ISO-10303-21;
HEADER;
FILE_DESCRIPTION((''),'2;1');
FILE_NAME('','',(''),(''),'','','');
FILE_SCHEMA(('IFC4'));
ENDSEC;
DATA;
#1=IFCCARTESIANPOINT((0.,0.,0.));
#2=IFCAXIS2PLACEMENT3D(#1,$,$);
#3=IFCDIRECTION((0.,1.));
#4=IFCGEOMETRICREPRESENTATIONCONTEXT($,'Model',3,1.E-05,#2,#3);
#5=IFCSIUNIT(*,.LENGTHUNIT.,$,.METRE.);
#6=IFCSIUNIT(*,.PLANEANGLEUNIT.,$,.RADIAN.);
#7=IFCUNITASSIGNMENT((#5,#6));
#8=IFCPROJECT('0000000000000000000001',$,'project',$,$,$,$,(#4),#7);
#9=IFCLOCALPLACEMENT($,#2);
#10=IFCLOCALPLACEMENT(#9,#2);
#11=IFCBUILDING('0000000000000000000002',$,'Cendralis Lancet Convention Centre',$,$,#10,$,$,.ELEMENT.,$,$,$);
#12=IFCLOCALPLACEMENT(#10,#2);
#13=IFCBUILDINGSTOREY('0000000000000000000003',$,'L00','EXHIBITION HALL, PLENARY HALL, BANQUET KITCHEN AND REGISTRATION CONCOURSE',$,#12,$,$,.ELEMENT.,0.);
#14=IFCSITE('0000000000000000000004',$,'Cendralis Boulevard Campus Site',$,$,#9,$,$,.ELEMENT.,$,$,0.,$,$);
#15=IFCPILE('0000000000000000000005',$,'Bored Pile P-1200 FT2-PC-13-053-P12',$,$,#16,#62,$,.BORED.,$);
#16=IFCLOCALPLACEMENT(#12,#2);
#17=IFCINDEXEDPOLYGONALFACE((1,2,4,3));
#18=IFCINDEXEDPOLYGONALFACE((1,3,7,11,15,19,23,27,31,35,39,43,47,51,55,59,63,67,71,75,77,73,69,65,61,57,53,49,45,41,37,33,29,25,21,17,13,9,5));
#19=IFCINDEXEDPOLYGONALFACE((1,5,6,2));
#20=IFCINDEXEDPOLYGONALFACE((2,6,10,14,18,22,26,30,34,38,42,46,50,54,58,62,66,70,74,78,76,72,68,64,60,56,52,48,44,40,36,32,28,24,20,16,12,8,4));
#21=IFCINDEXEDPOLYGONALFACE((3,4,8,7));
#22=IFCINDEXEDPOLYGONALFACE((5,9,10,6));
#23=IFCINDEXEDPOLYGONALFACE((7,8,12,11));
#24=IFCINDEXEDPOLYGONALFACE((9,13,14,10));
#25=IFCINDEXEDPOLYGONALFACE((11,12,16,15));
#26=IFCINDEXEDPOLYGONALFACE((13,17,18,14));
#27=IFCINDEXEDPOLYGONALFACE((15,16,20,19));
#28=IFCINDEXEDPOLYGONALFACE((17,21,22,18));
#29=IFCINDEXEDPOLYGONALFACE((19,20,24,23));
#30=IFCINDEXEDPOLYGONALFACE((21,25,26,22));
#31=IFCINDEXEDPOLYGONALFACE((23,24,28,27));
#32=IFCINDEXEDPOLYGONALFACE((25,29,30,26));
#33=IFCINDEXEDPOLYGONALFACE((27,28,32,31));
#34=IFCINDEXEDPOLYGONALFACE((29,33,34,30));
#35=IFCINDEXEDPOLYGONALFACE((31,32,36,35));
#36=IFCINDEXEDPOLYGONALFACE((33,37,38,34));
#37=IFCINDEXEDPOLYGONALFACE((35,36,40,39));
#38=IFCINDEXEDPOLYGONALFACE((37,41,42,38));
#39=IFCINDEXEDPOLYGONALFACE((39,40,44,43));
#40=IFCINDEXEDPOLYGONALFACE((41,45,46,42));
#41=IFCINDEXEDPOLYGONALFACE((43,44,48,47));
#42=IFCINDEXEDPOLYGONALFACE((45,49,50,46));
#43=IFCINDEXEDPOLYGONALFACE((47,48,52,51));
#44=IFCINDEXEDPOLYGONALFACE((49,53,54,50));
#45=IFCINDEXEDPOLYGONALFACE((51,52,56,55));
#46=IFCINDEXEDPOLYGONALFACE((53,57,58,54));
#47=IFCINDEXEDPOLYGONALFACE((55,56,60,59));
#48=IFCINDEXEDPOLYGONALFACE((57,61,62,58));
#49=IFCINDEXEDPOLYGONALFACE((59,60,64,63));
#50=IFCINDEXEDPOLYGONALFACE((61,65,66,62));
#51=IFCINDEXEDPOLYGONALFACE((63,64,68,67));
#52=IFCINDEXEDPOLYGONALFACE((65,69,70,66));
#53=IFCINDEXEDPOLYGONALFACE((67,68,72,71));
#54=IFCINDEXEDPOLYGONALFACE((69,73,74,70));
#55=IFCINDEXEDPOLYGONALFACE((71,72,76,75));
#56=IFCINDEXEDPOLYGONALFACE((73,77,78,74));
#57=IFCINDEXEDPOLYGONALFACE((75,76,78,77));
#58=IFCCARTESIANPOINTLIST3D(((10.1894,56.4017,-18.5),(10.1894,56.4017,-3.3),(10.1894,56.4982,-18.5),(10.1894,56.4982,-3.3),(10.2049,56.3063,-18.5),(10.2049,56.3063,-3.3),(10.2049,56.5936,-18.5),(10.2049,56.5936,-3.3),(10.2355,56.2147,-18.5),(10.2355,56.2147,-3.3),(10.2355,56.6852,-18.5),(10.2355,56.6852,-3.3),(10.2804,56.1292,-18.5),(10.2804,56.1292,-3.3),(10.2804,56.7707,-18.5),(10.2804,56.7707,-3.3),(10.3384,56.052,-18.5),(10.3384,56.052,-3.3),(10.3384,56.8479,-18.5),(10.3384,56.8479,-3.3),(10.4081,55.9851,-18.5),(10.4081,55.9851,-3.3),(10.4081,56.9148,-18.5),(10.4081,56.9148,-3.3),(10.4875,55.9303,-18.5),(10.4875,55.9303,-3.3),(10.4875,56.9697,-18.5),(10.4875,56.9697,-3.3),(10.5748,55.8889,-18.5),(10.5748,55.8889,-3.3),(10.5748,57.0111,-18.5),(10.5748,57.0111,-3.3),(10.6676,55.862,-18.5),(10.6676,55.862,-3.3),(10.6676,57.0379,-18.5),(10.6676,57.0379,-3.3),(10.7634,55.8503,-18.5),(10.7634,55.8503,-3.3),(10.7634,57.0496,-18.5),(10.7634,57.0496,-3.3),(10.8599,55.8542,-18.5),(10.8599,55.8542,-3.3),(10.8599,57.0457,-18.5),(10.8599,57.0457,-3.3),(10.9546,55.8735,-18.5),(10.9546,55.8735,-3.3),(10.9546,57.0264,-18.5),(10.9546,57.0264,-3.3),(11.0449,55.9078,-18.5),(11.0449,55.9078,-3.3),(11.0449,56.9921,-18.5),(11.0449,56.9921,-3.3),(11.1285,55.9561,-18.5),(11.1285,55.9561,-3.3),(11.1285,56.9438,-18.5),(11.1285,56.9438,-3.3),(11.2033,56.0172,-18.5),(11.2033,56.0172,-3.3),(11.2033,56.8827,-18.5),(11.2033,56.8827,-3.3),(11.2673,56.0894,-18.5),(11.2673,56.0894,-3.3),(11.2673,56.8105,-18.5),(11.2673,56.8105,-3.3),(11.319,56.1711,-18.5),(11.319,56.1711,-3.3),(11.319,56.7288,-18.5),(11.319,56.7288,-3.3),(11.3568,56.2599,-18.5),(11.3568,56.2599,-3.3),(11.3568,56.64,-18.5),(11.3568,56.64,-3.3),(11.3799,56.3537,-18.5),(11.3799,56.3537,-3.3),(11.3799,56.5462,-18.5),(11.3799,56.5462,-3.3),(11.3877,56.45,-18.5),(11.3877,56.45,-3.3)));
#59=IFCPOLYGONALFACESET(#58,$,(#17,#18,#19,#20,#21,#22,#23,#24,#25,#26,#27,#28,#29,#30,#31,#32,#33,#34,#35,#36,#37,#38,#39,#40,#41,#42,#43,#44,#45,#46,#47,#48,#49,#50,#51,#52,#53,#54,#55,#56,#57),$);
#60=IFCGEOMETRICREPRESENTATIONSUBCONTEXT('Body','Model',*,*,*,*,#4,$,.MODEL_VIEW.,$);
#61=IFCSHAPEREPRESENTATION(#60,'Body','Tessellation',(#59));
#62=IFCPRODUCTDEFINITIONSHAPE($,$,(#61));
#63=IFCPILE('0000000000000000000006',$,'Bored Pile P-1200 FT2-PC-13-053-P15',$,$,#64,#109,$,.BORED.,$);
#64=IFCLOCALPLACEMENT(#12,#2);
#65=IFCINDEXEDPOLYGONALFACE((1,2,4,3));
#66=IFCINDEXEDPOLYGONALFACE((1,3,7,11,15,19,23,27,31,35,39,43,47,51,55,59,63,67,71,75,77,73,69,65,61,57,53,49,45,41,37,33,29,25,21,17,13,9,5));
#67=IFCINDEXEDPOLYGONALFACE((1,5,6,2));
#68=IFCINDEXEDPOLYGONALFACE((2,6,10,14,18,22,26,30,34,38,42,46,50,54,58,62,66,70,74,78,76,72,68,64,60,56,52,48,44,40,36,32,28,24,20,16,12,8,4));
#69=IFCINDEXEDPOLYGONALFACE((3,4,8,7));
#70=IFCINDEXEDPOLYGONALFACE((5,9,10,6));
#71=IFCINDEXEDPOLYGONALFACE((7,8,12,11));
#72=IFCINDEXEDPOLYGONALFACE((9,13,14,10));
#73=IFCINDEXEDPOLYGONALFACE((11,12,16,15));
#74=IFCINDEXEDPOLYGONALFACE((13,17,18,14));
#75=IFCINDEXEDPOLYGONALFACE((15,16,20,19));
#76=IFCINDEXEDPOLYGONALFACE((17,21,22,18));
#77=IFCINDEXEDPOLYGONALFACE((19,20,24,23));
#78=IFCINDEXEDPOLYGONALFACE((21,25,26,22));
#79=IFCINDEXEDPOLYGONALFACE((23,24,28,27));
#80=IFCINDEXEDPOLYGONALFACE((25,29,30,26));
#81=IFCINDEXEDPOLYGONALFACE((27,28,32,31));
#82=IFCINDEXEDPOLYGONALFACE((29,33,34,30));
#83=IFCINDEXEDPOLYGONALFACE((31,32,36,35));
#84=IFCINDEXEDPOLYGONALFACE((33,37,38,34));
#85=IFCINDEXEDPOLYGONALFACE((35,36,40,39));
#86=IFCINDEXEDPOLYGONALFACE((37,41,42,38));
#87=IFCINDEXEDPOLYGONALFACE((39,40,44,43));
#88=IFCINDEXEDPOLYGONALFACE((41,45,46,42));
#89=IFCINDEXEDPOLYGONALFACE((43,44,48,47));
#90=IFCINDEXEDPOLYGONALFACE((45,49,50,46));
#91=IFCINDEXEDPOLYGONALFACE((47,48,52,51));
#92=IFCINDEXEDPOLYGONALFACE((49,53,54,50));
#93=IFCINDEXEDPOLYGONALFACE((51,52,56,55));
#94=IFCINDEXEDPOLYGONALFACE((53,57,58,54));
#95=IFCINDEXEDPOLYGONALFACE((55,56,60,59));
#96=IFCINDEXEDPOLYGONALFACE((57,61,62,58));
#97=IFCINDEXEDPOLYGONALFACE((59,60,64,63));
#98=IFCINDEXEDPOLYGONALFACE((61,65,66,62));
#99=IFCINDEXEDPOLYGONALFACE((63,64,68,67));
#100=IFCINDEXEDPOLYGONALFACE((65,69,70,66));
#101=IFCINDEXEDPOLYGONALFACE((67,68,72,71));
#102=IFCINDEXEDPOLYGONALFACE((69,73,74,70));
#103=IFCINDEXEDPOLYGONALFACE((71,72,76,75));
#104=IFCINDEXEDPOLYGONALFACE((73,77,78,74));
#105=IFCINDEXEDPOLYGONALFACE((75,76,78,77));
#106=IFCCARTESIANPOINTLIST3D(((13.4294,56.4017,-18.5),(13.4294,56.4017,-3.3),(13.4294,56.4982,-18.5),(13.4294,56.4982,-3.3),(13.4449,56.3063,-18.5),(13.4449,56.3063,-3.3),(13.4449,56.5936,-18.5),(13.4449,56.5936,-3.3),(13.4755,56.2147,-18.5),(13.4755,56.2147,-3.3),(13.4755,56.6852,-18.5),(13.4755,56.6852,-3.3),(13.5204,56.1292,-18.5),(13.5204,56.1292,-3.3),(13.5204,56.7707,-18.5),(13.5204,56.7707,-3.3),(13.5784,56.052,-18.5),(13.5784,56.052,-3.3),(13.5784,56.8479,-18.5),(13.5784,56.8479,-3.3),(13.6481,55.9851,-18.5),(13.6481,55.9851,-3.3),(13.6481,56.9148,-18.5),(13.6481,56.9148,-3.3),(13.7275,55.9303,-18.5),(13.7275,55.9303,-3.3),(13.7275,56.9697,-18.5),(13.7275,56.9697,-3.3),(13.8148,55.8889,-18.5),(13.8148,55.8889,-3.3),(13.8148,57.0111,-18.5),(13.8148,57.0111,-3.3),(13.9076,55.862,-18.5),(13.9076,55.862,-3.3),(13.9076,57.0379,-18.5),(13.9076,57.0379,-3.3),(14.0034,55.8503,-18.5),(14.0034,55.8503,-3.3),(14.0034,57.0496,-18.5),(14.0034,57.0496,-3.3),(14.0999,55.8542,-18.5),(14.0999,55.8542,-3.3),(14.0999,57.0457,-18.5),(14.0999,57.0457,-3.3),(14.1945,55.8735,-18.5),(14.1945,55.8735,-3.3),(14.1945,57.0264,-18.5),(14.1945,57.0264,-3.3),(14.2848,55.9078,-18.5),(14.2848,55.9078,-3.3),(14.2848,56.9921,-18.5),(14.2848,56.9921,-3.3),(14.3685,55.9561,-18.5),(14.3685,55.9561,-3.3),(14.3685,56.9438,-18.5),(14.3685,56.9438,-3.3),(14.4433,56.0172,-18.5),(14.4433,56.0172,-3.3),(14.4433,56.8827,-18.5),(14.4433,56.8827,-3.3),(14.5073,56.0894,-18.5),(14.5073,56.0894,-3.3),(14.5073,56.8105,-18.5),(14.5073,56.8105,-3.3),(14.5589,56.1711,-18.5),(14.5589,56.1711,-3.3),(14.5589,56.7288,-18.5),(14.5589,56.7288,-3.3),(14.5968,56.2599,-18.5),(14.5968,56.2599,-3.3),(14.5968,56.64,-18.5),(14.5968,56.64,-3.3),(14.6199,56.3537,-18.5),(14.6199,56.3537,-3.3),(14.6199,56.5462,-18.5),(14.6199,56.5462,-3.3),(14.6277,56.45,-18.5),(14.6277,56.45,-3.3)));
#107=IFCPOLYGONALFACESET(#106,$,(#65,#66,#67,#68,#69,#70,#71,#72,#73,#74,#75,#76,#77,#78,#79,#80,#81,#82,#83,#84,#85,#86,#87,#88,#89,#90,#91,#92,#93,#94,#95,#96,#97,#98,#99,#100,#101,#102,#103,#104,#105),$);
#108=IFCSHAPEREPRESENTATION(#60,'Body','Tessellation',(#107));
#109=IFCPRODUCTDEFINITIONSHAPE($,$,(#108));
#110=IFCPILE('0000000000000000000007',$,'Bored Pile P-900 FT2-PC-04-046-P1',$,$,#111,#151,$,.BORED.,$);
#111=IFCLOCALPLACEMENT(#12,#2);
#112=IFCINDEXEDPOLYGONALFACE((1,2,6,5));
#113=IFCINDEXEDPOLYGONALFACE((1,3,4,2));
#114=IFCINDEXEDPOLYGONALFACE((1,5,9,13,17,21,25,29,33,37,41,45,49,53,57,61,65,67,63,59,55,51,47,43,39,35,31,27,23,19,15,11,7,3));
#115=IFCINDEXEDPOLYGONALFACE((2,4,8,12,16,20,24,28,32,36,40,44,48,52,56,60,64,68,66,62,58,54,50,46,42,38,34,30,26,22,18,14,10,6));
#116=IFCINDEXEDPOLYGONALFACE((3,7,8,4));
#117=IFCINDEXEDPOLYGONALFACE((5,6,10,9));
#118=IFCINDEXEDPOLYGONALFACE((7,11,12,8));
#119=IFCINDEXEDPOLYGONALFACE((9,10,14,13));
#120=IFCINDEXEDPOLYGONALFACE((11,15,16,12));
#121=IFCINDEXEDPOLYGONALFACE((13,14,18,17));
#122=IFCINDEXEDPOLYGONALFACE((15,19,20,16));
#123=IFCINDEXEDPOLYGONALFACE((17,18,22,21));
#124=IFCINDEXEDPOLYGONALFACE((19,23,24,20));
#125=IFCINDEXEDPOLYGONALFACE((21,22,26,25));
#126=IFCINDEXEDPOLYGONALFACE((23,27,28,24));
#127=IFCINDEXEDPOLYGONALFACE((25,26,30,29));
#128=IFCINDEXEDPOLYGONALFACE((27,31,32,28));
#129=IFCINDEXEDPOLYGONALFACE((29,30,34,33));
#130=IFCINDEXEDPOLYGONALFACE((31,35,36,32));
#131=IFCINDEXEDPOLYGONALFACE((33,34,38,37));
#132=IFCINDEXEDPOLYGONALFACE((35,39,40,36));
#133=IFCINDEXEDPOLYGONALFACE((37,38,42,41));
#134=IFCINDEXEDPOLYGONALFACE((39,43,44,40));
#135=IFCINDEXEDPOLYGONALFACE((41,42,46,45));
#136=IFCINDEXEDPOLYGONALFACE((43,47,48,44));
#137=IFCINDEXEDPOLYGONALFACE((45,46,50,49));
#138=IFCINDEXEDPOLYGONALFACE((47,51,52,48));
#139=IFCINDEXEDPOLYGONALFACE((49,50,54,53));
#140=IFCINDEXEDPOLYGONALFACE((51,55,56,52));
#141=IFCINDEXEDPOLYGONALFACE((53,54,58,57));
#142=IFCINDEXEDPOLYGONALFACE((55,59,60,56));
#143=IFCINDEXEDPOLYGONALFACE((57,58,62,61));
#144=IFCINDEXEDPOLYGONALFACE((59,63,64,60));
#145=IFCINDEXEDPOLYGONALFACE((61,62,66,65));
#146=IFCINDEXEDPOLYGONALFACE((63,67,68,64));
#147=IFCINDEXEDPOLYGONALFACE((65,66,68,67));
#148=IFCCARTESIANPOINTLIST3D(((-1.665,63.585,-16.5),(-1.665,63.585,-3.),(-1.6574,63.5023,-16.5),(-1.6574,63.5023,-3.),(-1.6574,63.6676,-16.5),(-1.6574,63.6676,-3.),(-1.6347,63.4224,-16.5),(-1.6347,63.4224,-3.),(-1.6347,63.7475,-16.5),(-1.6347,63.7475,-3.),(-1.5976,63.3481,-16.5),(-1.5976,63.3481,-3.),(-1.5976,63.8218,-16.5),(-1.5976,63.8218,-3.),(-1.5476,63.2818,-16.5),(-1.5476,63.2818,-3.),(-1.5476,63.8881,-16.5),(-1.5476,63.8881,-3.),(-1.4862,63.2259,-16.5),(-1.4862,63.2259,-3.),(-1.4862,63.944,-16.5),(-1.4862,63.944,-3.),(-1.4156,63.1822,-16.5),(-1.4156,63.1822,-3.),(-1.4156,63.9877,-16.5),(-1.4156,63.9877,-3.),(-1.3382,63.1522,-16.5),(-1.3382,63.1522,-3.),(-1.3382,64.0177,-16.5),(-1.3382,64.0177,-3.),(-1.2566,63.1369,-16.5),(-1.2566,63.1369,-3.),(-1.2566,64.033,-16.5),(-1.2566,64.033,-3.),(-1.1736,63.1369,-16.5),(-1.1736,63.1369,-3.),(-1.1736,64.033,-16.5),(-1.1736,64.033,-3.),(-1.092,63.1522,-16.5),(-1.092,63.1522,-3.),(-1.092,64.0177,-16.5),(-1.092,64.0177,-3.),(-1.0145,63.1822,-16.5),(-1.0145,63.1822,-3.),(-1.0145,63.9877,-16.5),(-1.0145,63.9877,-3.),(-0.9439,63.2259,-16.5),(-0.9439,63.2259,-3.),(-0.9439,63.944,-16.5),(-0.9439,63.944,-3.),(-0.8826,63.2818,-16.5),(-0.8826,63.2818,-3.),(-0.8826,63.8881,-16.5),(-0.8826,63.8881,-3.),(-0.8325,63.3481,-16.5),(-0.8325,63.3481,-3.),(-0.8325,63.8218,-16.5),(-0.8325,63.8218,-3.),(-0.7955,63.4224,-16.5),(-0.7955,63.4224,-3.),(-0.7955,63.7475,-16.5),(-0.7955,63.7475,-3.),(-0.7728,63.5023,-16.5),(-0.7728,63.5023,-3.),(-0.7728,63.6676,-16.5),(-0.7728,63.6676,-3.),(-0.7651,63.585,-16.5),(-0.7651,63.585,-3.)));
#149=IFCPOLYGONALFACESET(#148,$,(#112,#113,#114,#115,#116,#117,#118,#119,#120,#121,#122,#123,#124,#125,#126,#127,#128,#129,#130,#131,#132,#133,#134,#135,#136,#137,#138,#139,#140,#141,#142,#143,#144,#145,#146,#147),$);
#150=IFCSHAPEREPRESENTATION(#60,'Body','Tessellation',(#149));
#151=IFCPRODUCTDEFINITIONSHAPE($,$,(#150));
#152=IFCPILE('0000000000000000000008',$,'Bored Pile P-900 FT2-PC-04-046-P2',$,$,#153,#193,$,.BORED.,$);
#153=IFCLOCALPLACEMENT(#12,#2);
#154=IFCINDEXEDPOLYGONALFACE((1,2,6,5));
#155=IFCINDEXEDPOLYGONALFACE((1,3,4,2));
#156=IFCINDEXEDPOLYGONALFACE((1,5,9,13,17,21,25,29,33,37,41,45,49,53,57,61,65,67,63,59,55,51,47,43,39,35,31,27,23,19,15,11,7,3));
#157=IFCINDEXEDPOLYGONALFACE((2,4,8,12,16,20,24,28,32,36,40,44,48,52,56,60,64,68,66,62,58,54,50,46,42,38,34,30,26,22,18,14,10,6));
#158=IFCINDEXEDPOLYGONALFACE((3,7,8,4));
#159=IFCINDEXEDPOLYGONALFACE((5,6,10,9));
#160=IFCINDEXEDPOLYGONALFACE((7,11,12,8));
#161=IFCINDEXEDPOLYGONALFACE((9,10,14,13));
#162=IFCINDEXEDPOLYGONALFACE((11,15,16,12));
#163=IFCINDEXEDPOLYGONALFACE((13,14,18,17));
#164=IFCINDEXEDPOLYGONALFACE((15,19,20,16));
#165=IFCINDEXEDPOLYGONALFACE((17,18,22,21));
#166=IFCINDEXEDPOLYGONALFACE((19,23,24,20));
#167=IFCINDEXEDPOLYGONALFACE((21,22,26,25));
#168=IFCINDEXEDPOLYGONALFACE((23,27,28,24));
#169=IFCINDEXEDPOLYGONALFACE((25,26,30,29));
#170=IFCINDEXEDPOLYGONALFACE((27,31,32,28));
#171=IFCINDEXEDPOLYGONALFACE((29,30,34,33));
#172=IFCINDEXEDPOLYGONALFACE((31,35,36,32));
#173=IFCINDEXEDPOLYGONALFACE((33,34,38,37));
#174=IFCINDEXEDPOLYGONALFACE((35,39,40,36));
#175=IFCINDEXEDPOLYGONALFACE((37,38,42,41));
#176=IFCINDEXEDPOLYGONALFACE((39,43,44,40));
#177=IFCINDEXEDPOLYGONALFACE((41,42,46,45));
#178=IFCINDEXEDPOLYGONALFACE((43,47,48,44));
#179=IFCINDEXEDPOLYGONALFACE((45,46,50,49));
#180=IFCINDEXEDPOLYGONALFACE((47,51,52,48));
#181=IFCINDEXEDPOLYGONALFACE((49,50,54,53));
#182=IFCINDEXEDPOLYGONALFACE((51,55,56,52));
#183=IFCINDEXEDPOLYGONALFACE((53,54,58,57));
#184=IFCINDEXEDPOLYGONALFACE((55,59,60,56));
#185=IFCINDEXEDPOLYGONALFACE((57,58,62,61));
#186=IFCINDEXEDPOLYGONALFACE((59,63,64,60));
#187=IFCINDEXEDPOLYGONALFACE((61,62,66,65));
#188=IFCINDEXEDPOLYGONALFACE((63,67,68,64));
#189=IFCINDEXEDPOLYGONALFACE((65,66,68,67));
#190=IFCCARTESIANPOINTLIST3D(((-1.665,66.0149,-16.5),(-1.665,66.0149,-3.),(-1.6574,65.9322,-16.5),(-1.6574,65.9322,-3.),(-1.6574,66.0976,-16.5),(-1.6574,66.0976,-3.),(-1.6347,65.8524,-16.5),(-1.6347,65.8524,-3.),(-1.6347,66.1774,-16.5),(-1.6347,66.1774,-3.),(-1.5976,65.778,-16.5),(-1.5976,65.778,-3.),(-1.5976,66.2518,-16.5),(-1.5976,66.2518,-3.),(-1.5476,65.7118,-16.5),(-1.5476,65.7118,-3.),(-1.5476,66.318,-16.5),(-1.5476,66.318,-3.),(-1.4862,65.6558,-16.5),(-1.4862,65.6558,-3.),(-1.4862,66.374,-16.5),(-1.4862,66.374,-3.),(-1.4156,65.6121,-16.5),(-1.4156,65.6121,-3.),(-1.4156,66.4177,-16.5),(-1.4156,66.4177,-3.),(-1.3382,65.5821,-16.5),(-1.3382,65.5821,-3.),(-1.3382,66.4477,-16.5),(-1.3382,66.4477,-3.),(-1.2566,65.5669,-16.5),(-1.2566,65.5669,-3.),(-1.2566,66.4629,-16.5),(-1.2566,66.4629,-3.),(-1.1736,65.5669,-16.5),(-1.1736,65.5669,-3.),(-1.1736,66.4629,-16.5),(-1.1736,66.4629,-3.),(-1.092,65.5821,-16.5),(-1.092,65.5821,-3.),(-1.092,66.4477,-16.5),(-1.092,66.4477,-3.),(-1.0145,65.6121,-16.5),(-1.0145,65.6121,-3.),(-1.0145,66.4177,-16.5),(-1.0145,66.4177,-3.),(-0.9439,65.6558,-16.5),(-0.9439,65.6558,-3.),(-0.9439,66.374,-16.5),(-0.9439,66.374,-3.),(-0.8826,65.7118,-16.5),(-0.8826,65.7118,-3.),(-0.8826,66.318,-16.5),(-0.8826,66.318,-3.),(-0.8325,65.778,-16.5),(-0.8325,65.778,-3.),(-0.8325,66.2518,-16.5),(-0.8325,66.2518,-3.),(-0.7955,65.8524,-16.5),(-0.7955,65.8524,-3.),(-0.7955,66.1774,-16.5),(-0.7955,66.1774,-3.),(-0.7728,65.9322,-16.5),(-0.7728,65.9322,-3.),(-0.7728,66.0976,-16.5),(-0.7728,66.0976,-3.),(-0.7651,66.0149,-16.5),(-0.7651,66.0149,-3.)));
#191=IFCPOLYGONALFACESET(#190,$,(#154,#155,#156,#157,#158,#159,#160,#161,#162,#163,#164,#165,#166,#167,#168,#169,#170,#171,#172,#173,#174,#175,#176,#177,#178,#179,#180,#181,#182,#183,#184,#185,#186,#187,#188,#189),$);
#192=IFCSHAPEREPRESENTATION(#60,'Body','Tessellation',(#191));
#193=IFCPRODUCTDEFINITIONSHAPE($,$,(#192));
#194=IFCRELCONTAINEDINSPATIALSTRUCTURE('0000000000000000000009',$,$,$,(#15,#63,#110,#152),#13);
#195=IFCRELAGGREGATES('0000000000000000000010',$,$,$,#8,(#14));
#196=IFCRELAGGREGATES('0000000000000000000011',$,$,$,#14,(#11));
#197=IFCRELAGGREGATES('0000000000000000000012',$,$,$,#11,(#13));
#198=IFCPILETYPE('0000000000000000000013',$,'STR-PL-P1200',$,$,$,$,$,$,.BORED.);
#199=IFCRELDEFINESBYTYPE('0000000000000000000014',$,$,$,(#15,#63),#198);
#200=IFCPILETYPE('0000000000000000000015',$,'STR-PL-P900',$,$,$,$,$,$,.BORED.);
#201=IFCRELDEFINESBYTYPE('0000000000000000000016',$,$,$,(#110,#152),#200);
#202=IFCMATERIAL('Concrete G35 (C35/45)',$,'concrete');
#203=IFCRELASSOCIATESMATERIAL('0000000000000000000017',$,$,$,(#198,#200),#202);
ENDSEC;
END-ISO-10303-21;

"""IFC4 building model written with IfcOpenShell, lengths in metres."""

from ifc_helpers import new_model, si_unit, direction, frame, origin, origin_2d, place, context, subcontext, project, spatial, circle, extrude, material, material_profile, profile_set, type_object, element, save


model = new_model("IFC4")

# Units and contexts
model_context = context("Model", 3, precision=1e-05, world=origin(), true_north=direction((0.0, 1.0)))
body_context = subcontext(model_context, "Body", "Model", "MODEL_VIEW")
ifc_project = project(units=[si_unit("LENGTHUNIT", "METRE"), si_unit("PLANEANGLEUNIT", "RADIAN")], contexts=[model_context])

# Site, building, storey
site_placement = place(None, origin())
site = spatial("IfcSite", under=ifc_project, at=site_placement, Name="Cendralis Boulevard Campus Site", CompositionType="ELEMENT", RefElevation=0.0)
building_placement = place(site_placement, origin())
building = spatial("IfcBuilding", under=site, at=building_placement, Name="Cendralis Lancet Convention Centre", CompositionType="ELEMENT")
storey_placement = place(building_placement, origin())
storey = spatial("IfcBuildingStorey", under=building, at=storey_placement, Name="L00", Description="EXHIBITION HALL, PLENARY HALL, BANQUET KITCHEN AND REGISTRATION CONCOURSE", CompositionType="ELEMENT", Elevation=0.0)

# Shared definitions
ifc_material_1 = material(Name="Concrete G35 (C35/45)", Category="concrete")

# Piles
ifc_material_profile_1 = material_profile(ifc_material_1, circle(Radius=0.6001, at=origin_2d()), Name="BORED PILE D1200")
ifc_profile_set_1 = profile_set([ifc_material_profile_1], Name="Concrete G35 (C35/45)")
pile_type_1 = type_object("IfcPileType", Name="STR-PL-P1200", PredefinedType="BORED", material=ifc_profile_set_1)
for number, where, z_axis, x_axis, name in (
    (1, (10.7876, 56.45, -3.3), (0.0, 0.0, -1.0), (1.0, 0.0, 0.0), "Bored Pile P-1200 FT2-PC-13-053-P12"),
    (2, (14.0276, 56.45, -3.3), (0.0, 0.0, -1.0), (1.0, 0.0, 0.0), "Bored Pile P-1200 FT2-PC-13-053-P15"),
):
    element("IfcPile", number, at=place(storey_placement, frame(where, z_axis=z_axis, x_axis=x_axis)), inside=storey, type_object=pile_type_1, Name=name, PredefinedType="BORED", context=body_context, shape_type="SweptSolid", body=[
        extrude(circle(Radius=0.6001, at=origin_2d()), origin(), (0.0, 0.0, 1.0), 15.2),
    ])
ifc_material_profile_2 = material_profile(ifc_material_1, circle(Radius=0.45, at=origin_2d()), Name="BORED PILE D900")
ifc_profile_set_2 = profile_set([ifc_material_profile_2], Name="Concrete G35 (C35/45)")
pile_type_2 = type_object("IfcPileType", Name="STR-PL-P900", PredefinedType="BORED", material=ifc_profile_set_2)
for number, where, z_axis, x_axis, name in (
    (3, (-1.2151, 63.585, -3.0), (0.0, 0.0, -1.0), (1.0, 0.0, 0.0), "Bored Pile P-900 FT2-PC-04-046-P1"),
    (4, (-1.2151, 66.0149, -3.0), (0.0, 0.0, -1.0), (1.0, 0.0, 0.0), "Bored Pile P-900 FT2-PC-04-046-P2"),
):
    element("IfcPile", number, at=place(storey_placement, frame(where, z_axis=z_axis, x_axis=x_axis)), inside=storey, type_object=pile_type_2, Name=name, PredefinedType="BORED", context=body_context, shape_type="SweptSolid", body=[
        extrude(circle(Radius=0.45, at=origin_2d()), origin(), (0.0, 0.0, 1.0), 13.5),
    ])

save(model, "model.ifc")
